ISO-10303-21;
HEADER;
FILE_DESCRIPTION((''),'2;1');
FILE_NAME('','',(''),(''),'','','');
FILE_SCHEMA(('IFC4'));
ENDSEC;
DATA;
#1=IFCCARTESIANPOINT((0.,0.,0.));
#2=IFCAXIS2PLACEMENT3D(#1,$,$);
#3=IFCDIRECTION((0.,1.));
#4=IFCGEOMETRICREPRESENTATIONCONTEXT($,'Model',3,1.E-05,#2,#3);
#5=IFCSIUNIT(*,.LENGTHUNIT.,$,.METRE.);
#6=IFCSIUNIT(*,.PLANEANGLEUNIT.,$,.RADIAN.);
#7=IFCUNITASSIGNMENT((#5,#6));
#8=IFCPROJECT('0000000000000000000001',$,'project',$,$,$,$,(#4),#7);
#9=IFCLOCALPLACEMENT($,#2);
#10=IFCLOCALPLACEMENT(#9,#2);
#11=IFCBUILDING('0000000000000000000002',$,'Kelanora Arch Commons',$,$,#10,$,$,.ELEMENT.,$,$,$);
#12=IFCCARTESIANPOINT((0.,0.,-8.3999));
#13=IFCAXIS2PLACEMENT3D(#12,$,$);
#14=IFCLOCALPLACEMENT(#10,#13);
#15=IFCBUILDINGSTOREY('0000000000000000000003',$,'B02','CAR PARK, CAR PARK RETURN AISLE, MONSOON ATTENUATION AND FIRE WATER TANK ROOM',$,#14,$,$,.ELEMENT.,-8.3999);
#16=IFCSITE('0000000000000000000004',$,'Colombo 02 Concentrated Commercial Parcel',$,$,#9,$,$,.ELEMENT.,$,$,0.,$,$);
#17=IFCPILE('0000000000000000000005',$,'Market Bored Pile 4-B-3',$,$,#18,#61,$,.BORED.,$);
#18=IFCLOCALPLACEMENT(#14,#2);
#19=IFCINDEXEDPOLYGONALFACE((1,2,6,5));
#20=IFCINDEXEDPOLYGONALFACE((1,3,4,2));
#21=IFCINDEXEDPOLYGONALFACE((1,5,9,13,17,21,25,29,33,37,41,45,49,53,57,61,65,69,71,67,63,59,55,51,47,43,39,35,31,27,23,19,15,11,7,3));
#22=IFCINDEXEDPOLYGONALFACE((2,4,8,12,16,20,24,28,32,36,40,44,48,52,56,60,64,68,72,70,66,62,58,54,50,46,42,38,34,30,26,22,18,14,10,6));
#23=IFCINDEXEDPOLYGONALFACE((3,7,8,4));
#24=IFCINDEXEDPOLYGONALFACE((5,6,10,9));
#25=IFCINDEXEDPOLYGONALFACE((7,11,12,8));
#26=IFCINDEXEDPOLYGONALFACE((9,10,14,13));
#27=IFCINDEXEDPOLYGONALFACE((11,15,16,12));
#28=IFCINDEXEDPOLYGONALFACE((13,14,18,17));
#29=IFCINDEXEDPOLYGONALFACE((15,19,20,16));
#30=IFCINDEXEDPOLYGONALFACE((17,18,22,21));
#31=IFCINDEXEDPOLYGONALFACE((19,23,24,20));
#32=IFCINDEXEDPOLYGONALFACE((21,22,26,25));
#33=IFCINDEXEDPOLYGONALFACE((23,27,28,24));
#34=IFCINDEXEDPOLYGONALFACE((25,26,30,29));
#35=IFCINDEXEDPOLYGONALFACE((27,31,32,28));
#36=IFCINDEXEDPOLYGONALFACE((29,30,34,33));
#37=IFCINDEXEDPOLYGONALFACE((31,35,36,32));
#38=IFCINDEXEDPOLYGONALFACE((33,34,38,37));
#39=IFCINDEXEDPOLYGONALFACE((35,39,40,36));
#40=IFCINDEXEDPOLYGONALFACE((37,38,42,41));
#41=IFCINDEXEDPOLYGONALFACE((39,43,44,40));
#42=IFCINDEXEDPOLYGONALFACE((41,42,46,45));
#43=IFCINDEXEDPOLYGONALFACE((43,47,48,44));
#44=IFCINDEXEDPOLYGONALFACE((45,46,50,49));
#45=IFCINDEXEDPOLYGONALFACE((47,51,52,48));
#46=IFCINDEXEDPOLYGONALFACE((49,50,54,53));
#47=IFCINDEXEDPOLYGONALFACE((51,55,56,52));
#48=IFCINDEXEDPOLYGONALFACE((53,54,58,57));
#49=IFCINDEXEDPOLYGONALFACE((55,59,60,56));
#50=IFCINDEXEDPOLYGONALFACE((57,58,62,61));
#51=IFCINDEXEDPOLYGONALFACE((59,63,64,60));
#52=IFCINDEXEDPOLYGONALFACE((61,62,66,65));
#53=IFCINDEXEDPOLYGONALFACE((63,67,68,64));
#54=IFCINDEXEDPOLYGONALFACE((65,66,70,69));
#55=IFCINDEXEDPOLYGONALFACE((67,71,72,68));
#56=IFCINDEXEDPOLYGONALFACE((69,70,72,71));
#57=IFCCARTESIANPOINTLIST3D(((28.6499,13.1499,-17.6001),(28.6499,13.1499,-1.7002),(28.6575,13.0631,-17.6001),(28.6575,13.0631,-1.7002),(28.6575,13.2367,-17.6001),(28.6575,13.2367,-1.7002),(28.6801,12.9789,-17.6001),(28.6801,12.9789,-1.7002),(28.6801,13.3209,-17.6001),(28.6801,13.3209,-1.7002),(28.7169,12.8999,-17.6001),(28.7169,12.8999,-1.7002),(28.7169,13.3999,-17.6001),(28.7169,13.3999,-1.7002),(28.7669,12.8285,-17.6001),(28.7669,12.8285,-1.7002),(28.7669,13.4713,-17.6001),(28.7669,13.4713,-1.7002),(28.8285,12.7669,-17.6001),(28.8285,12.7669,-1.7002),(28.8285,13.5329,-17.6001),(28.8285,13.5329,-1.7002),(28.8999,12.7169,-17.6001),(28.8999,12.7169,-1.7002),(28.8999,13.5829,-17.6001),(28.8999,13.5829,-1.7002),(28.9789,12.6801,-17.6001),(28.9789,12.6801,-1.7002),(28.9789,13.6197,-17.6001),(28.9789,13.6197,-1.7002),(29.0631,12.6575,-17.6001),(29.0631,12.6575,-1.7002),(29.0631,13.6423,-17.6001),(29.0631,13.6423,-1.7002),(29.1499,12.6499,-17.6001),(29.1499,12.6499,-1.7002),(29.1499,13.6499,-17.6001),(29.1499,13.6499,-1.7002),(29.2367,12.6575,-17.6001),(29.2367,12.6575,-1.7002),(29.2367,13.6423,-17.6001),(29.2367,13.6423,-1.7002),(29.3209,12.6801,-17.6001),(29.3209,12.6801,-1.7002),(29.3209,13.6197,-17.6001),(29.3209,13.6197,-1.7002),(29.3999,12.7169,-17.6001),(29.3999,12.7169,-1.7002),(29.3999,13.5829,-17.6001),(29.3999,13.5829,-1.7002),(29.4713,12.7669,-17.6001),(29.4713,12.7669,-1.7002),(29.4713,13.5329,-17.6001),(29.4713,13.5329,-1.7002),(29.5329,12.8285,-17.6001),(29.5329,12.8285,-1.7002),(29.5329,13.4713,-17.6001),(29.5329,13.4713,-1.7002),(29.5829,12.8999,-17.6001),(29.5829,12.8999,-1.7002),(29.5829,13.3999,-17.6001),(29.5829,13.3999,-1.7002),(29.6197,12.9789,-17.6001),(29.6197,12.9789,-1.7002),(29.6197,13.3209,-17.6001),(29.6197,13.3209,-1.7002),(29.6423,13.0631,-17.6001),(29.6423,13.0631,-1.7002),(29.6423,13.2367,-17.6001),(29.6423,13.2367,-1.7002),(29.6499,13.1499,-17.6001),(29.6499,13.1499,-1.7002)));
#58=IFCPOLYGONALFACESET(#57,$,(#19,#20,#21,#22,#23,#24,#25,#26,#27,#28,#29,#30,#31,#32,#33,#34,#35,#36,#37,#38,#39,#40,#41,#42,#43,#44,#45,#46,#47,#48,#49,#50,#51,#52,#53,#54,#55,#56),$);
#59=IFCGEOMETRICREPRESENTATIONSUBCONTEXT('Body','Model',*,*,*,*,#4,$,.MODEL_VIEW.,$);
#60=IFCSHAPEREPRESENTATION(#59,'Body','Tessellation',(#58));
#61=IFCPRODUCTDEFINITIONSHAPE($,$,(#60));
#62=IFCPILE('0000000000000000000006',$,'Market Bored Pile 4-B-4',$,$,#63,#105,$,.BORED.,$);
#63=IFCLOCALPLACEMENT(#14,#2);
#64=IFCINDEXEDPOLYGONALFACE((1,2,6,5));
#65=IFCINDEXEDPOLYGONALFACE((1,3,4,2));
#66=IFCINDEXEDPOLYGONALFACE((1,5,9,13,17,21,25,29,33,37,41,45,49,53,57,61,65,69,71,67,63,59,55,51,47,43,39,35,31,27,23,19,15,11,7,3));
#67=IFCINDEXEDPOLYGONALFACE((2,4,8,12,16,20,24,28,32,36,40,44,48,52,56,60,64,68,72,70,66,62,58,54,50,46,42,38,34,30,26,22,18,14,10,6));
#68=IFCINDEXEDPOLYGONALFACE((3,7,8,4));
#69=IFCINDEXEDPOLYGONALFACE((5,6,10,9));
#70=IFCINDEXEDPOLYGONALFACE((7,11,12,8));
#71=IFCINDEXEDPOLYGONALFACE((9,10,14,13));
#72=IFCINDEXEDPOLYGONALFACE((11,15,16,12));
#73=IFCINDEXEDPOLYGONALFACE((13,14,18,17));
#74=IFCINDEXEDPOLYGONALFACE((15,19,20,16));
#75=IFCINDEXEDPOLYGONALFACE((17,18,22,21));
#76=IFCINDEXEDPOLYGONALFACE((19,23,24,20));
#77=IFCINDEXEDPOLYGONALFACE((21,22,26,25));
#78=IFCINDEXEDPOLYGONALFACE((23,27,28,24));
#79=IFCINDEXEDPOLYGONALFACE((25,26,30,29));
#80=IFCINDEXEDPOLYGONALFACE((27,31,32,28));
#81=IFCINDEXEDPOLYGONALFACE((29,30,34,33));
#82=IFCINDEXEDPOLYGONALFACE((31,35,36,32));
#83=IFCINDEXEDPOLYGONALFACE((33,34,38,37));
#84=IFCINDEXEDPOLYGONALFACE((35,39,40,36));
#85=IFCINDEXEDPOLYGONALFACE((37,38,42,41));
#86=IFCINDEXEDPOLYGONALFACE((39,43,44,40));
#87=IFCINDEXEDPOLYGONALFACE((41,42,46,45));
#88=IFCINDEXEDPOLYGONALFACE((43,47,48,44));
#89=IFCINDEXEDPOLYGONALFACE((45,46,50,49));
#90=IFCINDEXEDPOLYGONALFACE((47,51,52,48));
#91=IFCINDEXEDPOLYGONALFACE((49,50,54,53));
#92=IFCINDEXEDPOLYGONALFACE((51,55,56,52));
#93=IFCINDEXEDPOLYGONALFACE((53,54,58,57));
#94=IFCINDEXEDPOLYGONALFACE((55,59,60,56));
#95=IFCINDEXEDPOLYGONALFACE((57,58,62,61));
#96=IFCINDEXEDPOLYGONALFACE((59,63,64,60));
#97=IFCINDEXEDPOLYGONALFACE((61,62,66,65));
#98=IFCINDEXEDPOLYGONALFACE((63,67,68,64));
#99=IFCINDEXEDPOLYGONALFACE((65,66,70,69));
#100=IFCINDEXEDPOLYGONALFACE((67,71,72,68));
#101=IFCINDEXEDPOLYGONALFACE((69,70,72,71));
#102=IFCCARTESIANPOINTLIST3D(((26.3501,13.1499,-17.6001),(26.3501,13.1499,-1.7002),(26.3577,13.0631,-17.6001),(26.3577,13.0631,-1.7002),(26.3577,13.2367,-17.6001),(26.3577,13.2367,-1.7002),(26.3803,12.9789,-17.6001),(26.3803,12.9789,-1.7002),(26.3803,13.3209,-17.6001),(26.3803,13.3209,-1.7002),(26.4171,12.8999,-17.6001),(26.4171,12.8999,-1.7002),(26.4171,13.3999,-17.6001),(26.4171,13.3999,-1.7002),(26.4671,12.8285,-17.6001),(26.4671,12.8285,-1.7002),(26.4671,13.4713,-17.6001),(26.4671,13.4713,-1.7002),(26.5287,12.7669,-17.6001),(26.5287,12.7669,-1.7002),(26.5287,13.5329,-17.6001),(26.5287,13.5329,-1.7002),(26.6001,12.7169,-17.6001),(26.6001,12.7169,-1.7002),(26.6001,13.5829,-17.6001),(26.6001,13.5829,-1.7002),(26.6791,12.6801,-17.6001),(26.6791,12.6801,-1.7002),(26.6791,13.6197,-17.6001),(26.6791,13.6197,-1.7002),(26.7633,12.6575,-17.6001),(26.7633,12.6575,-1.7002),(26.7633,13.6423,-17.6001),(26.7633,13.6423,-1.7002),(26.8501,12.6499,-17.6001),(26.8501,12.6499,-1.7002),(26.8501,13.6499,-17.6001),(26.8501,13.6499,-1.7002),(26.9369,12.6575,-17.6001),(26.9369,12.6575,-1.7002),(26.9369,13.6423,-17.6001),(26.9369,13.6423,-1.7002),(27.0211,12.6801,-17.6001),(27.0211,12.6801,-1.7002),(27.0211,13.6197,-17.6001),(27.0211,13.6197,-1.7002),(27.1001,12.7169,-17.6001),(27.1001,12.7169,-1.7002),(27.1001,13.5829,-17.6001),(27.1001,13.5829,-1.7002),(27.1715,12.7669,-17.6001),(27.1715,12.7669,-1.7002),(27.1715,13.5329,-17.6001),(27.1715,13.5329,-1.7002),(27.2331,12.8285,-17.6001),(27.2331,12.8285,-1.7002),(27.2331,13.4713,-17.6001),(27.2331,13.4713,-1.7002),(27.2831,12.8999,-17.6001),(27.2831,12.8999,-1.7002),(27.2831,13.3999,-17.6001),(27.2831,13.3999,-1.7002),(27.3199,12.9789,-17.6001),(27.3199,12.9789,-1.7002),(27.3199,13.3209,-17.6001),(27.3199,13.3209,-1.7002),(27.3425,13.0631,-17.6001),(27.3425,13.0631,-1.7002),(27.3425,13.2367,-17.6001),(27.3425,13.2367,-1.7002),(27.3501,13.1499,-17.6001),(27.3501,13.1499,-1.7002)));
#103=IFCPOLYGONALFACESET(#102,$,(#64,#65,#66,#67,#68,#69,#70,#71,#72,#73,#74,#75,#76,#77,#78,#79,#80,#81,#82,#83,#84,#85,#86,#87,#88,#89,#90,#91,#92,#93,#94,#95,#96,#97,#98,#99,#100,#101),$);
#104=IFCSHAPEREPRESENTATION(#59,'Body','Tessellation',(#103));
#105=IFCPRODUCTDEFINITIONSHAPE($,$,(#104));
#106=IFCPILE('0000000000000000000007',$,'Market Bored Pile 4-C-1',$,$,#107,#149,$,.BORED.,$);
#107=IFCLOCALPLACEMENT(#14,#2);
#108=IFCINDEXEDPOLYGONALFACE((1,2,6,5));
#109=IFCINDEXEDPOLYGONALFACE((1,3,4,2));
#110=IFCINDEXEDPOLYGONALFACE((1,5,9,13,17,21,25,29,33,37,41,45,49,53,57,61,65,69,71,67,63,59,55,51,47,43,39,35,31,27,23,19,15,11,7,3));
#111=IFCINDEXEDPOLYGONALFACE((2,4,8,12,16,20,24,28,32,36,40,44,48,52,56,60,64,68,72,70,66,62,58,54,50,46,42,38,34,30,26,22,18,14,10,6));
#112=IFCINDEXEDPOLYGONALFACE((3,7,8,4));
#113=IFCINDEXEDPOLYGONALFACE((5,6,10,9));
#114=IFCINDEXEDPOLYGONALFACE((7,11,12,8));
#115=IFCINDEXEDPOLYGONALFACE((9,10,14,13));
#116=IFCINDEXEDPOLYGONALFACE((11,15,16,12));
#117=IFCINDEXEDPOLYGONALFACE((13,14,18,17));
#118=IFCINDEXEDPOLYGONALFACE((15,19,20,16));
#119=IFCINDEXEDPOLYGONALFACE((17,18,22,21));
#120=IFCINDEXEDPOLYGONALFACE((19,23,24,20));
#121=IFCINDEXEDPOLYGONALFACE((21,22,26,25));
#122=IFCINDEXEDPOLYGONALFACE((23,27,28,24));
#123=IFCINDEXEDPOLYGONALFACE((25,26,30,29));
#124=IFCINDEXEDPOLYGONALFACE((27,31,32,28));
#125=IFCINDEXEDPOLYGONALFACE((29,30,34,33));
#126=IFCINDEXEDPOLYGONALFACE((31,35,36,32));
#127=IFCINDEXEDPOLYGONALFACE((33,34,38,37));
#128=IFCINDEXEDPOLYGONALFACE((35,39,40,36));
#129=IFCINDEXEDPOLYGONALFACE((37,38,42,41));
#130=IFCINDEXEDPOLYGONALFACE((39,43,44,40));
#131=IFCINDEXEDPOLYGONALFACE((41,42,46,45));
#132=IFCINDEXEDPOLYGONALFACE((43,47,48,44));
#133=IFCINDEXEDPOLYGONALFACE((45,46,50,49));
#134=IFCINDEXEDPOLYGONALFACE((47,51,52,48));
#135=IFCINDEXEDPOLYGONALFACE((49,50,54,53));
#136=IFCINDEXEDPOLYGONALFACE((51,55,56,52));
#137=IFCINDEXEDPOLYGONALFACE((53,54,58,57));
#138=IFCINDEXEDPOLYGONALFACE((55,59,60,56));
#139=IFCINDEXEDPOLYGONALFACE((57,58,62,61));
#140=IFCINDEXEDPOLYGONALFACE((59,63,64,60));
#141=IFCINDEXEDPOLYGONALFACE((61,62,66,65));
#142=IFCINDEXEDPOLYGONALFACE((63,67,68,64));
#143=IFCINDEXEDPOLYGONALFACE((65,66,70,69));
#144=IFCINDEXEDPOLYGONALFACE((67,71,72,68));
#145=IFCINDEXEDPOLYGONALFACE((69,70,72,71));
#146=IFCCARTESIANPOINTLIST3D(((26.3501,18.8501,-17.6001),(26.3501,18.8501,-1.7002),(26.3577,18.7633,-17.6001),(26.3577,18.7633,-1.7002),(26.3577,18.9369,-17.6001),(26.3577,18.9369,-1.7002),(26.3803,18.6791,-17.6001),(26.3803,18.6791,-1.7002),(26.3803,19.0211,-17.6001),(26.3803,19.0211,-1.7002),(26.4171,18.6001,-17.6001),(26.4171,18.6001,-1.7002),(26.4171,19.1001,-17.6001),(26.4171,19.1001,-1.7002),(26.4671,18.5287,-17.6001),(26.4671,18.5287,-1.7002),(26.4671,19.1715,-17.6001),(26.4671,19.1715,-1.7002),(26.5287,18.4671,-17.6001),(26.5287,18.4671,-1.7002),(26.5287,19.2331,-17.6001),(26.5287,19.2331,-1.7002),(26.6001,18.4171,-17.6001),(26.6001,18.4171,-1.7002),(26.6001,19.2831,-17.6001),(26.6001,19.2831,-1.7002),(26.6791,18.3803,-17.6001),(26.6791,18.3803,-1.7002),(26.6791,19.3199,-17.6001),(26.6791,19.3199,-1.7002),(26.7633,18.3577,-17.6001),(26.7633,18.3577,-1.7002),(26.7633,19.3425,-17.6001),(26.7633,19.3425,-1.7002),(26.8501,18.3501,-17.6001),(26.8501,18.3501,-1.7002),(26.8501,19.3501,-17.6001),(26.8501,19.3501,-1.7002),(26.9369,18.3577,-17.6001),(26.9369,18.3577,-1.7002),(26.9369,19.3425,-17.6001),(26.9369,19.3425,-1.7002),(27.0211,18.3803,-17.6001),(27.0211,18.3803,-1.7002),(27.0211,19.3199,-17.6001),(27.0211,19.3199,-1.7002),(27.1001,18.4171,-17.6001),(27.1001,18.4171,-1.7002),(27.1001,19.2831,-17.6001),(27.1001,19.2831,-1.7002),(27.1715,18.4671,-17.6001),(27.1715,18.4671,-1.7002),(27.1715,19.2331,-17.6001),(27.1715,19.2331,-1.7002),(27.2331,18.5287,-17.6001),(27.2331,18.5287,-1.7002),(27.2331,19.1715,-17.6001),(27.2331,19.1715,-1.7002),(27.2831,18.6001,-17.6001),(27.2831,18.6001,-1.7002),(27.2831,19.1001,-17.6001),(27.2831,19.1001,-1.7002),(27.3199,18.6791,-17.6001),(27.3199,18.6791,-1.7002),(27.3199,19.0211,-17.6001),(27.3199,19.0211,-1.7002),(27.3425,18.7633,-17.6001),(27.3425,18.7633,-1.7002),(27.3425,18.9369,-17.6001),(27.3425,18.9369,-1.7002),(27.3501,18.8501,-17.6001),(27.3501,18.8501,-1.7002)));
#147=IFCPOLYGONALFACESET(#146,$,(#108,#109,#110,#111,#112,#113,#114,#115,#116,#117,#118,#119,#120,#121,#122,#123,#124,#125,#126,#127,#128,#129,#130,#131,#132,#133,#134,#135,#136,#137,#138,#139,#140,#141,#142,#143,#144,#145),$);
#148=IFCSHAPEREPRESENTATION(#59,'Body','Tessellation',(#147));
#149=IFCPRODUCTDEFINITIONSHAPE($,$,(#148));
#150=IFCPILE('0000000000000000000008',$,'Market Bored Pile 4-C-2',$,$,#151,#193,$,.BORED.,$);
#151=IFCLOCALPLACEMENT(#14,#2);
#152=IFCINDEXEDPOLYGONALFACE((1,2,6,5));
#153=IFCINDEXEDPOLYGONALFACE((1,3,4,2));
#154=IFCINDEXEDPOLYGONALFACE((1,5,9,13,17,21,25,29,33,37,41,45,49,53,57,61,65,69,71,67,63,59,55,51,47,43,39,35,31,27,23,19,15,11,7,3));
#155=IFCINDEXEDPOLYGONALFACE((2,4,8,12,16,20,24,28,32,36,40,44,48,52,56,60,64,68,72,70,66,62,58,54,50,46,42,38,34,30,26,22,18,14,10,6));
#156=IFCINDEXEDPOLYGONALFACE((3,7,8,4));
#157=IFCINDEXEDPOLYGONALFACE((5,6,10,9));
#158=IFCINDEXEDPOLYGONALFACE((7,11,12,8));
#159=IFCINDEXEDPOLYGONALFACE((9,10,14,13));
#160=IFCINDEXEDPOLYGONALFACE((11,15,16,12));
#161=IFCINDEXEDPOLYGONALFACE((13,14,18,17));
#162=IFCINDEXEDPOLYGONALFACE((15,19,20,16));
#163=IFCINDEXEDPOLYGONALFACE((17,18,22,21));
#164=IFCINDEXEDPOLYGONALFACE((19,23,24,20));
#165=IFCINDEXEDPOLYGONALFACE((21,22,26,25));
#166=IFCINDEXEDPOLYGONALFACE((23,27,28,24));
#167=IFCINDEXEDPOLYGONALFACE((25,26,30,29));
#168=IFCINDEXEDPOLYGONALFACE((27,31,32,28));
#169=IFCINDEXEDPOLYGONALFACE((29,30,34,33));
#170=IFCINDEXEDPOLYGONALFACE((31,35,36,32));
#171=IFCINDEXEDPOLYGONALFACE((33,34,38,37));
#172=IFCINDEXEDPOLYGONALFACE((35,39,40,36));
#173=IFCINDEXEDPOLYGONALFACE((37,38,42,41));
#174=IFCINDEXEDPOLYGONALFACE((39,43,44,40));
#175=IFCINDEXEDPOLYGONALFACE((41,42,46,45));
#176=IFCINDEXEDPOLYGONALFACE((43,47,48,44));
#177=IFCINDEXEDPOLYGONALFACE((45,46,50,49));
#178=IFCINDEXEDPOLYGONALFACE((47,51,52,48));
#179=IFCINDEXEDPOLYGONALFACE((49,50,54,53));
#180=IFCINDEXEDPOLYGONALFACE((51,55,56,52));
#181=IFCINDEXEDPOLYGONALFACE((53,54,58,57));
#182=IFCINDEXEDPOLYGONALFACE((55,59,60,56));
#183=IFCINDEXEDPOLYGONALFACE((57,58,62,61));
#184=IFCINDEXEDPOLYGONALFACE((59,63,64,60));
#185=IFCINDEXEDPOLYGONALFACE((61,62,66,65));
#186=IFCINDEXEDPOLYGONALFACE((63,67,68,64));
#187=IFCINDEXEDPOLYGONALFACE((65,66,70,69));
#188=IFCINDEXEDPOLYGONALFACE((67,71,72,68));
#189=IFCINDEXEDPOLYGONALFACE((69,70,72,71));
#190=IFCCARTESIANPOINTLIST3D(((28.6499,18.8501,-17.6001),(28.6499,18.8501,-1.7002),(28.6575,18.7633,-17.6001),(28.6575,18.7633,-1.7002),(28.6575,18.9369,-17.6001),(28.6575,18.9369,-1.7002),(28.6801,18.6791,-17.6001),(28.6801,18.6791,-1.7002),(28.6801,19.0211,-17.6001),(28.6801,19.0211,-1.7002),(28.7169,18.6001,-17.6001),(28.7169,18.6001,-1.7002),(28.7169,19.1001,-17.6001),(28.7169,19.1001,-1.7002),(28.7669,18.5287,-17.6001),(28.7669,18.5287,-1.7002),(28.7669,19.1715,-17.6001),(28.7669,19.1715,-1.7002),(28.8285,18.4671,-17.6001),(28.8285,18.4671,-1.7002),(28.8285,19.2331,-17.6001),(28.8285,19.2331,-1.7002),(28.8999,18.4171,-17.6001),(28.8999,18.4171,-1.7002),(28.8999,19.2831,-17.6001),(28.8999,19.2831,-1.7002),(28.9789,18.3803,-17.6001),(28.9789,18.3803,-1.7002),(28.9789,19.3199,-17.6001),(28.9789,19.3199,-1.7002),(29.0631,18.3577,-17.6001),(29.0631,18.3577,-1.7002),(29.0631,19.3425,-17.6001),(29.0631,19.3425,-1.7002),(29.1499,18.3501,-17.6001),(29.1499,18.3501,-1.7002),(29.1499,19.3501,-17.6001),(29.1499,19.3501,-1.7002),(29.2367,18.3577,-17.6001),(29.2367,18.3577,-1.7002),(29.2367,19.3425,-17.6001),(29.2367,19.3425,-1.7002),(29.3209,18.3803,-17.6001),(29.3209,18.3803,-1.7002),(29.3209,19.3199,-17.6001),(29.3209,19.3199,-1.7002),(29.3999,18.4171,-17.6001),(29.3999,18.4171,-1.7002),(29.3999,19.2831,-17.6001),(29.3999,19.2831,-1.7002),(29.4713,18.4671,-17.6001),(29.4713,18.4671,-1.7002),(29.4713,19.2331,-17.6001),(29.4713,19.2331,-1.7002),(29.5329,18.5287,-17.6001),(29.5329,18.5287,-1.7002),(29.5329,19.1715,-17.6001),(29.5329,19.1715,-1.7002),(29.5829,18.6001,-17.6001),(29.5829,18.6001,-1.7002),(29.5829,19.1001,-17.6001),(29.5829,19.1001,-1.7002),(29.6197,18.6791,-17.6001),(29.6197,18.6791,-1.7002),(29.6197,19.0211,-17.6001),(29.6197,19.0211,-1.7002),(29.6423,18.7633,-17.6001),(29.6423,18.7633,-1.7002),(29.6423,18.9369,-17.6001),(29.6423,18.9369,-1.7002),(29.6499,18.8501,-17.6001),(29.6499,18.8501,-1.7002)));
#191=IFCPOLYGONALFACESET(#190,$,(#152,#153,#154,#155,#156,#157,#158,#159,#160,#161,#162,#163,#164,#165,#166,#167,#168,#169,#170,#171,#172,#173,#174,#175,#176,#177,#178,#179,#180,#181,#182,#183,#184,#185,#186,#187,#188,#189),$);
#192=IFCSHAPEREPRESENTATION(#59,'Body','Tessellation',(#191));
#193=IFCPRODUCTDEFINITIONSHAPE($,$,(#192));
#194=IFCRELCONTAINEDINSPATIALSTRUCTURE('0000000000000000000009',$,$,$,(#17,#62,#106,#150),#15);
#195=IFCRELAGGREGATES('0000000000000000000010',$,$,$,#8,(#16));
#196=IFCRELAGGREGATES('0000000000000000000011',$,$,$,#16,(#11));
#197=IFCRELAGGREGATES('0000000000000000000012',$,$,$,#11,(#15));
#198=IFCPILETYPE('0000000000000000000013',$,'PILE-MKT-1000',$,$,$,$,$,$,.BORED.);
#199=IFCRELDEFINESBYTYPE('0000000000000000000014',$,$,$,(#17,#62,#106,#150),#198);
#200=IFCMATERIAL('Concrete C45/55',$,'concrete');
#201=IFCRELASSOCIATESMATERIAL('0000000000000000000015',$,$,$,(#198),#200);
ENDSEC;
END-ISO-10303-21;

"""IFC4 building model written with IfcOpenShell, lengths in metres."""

from ifc_helpers import new_model, si_unit, direction, frame, origin, origin_2d, place, context, subcontext, project, spatial, circle, extrude, source, transform, mapped, material, material_profile, profile_set, type_object, element, save


model = new_model("IFC4")

# Units and contexts
model_context = context("Model", 3, precision=1e-05, world=origin(), true_north=direction((0.0, 1.0)))
body_context = subcontext(model_context, "Body", "Model", "MODEL_VIEW")
ifc_project = project(units=[si_unit("LENGTHUNIT", "METRE"), si_unit("PLANEANGLEUNIT", "RADIAN")], contexts=[model_context])

# Site, building, storey
site_placement = place(None, origin())
site = spatial("IfcSite", under=ifc_project, at=site_placement, Name="Colombo 02 Concentrated Commercial Parcel", CompositionType="ELEMENT", RefElevation=0.0)
building_placement = place(site_placement, origin())
building = spatial("IfcBuilding", under=site, at=building_placement, Name="Kelanora Arch Commons", CompositionType="ELEMENT")
storey_placement = place(building_placement, frame((0.0, 0.0, -8.3999)))
storey = spatial("IfcBuildingStorey", under=building, at=storey_placement, Name="B02", Description="CAR PARK, CAR PARK RETURN AISLE, MONSOON ATTENUATION AND FIRE WATER TANK ROOM", CompositionType="ELEMENT", Elevation=-8.3999)

# Piles
ifc_material_1 = material(Name="Concrete C45/55", Category="concrete")
ifc_material_profile_1 = material_profile(ifc_material_1, circle(Radius=0.5, at=origin_2d()), Name="PILE1000")
ifc_profile_set_1 = profile_set([ifc_material_profile_1], Name="Concrete C45/55")
pile_type = type_object("IfcPileType", Name="PILE-MKT-1000", PredefinedType="BORED", material=ifc_profile_set_1)
shared_shape_1 = source(origin(), body_context, "Body", "SweptSolid", [
    extrude(circle(Radius=0.5, at=origin_2d()), origin(), (0.0, 0.0, 1.0), 15.8999),
])
for number, where, z_axis, x_axis, name in (
    (1, (29.1499, 13.1499, -1.7002), (0.0, 0.0, -1.0), (1.0, 0.0, 0.0), "Market Bored Pile 4-B-3"),
    (2, (26.8501, 13.1499, -1.7002), (0.0, 0.0, -1.0), (1.0, 0.0, 0.0), "Market Bored Pile 4-B-4"),
    (3, (26.8501, 18.8501, -1.7002), (0.0, 0.0, -1.0), (1.0, 0.0, 0.0), "Market Bored Pile 4-C-1"),
    (4, (29.1499, 18.8501, -1.7002), (0.0, 0.0, -1.0), (1.0, 0.0, 0.0), "Market Bored Pile 4-C-2"),
):
    element("IfcPile", number, at=place(storey_placement, frame(where, z_axis=z_axis, x_axis=x_axis)), inside=storey, type_object=pile_type, Name=name, PredefinedType="BORED", context=body_context, shape_type="MappedRepresentation", body=[
        mapped(shared_shape_1, transform((0.0, 0.0, 0.0), scale=1.0)),
    ])

save(model, "model.ifc")
